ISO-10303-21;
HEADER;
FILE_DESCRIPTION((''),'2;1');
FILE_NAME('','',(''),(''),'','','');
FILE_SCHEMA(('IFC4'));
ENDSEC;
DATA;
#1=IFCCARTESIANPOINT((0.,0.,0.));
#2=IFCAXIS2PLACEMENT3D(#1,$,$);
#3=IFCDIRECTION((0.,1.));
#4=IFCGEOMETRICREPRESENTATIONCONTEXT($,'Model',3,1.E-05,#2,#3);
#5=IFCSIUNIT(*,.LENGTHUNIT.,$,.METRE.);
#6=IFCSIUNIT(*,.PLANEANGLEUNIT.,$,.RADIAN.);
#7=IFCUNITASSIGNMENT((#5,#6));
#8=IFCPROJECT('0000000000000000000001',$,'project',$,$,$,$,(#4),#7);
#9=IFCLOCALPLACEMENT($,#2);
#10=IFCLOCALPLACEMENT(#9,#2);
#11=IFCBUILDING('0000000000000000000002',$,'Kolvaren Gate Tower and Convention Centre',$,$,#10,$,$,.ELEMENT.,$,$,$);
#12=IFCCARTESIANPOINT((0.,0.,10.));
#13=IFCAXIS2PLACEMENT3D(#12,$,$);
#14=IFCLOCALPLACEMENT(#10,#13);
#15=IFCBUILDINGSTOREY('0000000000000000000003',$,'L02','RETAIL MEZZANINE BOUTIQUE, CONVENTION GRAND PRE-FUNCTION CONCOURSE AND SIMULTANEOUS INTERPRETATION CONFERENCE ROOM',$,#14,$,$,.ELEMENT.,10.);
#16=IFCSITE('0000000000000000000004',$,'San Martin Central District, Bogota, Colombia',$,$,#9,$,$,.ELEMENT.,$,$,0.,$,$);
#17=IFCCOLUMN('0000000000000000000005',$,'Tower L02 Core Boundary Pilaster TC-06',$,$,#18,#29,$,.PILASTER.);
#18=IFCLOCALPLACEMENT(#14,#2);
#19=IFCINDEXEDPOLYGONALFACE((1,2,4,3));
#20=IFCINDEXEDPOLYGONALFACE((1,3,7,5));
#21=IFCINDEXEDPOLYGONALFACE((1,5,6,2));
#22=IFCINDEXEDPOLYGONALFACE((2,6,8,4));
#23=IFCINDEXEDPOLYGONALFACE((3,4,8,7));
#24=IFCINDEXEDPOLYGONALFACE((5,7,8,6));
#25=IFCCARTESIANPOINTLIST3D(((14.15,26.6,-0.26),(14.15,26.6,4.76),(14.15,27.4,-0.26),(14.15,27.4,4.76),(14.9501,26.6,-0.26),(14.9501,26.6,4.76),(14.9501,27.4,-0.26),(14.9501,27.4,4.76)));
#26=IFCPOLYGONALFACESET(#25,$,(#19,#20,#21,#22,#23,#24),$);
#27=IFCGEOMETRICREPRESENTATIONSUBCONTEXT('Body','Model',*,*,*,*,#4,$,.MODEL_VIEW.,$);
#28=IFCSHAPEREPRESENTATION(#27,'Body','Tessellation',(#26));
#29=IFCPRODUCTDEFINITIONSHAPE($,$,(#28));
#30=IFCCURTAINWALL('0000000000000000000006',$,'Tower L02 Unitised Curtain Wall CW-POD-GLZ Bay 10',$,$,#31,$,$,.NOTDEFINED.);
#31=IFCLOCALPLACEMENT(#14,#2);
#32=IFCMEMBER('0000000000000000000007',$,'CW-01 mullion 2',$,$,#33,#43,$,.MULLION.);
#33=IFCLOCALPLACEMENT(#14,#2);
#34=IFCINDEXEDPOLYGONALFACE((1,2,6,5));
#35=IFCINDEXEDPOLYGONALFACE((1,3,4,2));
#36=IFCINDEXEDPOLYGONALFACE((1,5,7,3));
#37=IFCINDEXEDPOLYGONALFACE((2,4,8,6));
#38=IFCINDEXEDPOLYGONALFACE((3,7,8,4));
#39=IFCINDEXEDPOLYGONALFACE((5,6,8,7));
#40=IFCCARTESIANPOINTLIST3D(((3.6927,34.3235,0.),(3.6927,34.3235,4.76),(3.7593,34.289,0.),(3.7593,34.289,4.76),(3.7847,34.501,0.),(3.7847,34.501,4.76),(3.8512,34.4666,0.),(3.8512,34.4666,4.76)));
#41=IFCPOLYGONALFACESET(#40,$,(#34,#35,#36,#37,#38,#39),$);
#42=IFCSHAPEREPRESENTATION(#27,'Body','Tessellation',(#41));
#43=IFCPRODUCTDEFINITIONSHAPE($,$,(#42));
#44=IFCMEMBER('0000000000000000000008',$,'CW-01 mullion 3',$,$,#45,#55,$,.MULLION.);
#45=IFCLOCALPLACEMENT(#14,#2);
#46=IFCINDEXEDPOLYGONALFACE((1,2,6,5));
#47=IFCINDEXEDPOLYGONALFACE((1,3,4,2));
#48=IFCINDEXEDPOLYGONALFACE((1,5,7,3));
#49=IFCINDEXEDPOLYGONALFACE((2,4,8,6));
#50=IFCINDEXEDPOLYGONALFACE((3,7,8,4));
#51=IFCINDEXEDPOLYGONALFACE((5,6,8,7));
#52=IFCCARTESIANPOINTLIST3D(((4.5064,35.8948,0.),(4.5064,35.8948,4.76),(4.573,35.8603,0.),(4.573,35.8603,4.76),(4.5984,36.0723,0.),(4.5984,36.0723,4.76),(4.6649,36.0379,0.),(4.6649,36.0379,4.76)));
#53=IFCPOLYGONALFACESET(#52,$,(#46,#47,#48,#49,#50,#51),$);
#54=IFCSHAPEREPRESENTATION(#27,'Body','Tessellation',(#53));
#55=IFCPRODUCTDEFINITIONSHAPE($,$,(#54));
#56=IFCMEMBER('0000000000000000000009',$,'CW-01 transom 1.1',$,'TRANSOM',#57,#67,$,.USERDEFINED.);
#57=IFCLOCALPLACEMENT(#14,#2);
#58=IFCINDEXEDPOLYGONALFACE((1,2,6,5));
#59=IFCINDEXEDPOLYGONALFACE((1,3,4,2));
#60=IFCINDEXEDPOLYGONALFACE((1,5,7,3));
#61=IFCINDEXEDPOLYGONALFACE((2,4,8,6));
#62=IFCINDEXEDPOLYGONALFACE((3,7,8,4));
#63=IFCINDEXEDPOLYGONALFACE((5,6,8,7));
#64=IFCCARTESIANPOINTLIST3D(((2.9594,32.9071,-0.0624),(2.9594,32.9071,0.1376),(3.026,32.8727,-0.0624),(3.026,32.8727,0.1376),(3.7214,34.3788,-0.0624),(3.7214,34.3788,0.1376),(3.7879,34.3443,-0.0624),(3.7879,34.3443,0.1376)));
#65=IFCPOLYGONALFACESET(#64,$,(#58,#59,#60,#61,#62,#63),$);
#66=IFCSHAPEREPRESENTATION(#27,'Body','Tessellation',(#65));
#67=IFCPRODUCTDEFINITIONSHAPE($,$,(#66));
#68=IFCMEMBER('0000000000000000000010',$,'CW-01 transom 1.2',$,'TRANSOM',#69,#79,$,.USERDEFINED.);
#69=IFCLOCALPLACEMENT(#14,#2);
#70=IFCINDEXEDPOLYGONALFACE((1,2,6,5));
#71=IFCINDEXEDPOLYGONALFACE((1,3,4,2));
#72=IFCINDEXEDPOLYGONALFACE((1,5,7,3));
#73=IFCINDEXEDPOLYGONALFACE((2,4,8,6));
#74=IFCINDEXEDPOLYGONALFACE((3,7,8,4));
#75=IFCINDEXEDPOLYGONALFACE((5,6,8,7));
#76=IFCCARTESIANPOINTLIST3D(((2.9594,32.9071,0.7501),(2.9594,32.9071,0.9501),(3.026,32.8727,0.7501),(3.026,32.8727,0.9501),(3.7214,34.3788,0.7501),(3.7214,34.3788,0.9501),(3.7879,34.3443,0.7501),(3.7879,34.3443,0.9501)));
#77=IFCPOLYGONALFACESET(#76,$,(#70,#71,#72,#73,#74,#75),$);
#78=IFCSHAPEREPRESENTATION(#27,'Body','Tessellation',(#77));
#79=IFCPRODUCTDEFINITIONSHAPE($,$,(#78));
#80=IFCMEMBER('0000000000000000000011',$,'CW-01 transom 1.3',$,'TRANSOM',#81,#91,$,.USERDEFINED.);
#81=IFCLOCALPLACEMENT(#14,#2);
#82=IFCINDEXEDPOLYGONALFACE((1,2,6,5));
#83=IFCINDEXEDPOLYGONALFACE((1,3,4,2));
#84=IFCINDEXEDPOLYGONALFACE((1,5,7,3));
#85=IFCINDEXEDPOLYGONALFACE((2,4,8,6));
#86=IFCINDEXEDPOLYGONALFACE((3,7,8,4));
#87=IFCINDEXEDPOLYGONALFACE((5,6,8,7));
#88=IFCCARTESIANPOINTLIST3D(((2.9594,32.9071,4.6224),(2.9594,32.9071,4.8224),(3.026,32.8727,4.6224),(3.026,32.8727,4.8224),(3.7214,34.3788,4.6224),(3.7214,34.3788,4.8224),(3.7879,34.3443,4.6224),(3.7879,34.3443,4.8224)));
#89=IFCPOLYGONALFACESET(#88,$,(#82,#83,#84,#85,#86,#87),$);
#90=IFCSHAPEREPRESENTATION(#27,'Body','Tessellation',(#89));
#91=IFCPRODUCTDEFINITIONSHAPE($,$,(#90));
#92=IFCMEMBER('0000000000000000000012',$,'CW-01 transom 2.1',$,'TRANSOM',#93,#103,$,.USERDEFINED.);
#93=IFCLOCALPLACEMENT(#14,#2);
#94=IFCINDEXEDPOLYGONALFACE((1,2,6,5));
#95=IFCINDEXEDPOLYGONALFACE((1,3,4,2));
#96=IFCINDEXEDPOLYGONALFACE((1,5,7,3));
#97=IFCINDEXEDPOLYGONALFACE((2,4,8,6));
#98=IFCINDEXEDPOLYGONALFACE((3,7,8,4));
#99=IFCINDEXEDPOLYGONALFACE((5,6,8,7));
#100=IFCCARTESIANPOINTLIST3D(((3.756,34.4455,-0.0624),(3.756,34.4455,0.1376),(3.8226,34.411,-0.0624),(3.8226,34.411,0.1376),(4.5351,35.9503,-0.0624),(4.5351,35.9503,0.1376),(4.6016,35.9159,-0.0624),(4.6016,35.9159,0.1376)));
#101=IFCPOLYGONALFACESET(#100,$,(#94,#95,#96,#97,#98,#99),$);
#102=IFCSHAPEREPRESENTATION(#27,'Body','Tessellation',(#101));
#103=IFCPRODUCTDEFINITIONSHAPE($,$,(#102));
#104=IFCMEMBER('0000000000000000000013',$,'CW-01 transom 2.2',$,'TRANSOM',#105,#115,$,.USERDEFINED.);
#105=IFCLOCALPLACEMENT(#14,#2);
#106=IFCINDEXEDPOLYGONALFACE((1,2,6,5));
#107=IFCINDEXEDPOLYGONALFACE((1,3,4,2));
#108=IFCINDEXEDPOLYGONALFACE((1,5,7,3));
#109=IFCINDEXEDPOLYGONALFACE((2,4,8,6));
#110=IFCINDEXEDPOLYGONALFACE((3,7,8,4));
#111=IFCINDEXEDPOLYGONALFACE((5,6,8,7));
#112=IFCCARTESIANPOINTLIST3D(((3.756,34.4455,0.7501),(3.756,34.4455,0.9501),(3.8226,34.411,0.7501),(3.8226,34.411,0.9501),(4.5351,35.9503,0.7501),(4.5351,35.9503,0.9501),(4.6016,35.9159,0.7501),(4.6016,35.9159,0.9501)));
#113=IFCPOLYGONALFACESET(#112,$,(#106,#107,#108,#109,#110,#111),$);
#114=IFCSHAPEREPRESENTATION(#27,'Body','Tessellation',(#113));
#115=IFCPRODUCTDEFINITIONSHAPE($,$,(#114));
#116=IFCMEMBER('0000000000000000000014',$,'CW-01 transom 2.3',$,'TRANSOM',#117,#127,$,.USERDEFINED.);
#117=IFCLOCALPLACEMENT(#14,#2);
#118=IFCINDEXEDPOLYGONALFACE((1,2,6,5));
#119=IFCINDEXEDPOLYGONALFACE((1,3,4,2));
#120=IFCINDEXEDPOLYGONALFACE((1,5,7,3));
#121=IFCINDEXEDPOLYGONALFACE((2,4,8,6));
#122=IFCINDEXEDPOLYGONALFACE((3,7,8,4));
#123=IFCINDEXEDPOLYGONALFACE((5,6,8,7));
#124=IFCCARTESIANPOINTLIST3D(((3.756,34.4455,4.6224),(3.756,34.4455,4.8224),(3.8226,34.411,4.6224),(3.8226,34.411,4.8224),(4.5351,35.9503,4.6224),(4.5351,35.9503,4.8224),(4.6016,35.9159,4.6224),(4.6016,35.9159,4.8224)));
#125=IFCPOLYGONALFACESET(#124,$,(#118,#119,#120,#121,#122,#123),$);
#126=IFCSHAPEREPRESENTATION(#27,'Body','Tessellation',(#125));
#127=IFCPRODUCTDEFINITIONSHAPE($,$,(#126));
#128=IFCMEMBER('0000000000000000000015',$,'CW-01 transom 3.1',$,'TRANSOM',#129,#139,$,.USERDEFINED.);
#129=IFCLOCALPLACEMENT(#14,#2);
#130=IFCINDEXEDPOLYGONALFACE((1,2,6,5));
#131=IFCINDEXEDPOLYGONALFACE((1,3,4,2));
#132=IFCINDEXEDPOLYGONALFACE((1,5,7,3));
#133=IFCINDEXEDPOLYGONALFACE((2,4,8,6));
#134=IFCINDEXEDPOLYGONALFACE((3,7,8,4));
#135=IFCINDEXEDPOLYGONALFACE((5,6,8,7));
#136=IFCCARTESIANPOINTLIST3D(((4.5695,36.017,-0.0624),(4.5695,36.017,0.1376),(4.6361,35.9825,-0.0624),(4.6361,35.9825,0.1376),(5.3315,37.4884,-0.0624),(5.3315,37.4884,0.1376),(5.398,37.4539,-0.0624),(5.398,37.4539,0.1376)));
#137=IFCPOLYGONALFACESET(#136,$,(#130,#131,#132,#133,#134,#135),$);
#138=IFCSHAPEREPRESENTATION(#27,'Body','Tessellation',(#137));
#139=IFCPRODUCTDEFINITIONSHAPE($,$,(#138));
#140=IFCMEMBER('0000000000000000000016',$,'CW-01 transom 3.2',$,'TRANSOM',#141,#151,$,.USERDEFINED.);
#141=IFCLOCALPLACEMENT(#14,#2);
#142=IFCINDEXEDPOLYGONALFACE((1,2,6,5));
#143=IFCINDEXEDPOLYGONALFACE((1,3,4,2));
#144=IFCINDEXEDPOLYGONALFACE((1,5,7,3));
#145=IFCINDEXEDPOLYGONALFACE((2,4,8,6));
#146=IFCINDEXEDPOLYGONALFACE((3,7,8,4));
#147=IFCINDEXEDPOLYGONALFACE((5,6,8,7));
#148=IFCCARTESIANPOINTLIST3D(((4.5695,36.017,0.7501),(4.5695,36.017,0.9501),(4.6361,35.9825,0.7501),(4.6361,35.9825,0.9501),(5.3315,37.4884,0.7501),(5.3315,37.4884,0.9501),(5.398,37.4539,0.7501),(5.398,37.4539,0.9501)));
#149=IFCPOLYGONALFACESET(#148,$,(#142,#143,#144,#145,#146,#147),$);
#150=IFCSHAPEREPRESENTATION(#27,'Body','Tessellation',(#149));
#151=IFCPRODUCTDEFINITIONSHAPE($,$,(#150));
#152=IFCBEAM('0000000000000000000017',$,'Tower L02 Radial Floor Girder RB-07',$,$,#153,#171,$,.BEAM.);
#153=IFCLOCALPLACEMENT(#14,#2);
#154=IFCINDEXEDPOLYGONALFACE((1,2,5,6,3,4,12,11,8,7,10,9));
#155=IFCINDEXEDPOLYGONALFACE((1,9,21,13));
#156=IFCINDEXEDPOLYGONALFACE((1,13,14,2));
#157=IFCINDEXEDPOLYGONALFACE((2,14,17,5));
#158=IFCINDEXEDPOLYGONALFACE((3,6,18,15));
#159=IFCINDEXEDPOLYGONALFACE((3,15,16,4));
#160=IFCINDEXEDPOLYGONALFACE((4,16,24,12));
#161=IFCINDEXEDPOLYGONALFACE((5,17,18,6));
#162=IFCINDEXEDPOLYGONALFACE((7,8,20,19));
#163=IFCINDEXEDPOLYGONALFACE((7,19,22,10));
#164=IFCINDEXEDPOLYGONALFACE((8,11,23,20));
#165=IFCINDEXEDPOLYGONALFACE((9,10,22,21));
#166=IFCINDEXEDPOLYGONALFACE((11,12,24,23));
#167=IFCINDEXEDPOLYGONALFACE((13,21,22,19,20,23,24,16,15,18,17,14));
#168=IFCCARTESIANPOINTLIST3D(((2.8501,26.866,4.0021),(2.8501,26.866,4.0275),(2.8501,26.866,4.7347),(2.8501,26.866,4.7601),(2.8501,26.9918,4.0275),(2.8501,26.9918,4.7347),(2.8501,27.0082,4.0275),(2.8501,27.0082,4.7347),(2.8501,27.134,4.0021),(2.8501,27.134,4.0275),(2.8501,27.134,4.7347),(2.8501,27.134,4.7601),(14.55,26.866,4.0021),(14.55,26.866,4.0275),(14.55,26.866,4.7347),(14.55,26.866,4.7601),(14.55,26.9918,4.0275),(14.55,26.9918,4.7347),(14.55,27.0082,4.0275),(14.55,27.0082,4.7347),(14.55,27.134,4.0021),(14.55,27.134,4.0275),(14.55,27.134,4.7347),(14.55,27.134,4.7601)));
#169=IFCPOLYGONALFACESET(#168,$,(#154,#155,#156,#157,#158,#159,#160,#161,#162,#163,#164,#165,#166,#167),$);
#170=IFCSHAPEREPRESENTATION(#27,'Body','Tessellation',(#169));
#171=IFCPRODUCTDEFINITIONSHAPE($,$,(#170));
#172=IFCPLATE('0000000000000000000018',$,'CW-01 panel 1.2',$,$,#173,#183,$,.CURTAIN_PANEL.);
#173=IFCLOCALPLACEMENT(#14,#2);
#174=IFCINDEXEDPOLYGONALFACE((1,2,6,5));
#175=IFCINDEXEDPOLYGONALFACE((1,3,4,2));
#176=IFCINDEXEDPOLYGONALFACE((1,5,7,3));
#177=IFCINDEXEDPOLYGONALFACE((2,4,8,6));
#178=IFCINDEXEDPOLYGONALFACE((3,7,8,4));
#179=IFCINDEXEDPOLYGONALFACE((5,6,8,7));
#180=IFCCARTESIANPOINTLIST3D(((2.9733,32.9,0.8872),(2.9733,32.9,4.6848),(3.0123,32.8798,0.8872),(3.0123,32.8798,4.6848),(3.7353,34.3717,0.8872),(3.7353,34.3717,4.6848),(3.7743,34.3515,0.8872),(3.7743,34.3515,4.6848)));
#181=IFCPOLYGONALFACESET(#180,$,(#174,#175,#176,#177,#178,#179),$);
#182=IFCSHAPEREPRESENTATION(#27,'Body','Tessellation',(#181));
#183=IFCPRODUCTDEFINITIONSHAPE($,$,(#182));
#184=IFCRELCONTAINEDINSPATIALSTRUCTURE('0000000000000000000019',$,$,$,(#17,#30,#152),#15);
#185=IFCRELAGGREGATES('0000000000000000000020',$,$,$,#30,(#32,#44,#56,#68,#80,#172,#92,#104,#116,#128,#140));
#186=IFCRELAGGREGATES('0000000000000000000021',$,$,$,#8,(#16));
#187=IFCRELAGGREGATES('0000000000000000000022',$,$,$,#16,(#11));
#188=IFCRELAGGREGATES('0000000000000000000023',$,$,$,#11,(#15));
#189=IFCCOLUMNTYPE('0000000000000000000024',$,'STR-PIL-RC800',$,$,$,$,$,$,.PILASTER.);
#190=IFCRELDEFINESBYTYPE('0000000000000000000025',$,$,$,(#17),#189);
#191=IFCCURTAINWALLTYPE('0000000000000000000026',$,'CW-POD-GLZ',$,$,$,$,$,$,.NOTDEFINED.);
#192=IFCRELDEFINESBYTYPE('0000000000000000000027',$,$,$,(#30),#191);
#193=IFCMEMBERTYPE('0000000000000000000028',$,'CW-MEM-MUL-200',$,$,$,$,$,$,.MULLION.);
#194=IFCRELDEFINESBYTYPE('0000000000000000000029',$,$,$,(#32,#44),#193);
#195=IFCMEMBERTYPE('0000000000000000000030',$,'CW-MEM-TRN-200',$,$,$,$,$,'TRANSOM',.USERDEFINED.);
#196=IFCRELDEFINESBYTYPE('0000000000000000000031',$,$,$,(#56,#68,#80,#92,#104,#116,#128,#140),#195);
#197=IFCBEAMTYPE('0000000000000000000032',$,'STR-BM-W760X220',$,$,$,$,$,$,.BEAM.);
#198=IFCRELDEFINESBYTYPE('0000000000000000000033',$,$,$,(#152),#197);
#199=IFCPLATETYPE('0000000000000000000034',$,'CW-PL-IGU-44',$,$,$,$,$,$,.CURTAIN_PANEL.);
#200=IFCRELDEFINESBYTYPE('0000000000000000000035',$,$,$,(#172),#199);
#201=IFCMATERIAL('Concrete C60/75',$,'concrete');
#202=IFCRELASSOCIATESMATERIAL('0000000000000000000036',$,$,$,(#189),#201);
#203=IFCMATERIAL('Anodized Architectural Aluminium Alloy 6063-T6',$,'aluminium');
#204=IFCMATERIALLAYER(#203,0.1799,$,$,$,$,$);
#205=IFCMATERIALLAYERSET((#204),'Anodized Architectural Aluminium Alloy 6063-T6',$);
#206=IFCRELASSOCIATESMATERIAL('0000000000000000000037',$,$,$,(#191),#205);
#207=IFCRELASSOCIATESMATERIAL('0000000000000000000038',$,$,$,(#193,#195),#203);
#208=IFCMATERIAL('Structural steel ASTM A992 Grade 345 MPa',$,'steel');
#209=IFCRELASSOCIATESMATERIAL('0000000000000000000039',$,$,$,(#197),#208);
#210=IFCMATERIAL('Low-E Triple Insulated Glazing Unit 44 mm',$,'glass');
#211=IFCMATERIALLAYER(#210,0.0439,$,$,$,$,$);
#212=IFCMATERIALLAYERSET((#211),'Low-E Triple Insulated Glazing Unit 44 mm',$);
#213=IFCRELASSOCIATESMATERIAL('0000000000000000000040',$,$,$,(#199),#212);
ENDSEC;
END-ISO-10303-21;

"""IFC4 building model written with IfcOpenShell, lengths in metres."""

from ifc_helpers import new_model, si_unit, direction, frame, origin, origin_2d, place, context, subcontext, project, spatial, rectangle, i_section, extrude, material, layer, layer_set, material_profile, profile_set, type_object, element, aggregate, save


model = new_model("IFC4")

# Units and contexts
model_context = context("Model", 3, precision=1e-05, world=origin(), true_north=direction((0.0, 1.0)))
body_context = subcontext(model_context, "Body", "Model", "MODEL_VIEW")
ifc_project = project(units=[si_unit("LENGTHUNIT", "METRE"), si_unit("PLANEANGLEUNIT", "RADIAN")], contexts=[model_context])

# Site, building, storey
site_placement = place(None, origin())
site = spatial("IfcSite", under=ifc_project, at=site_placement, Name="San Martin Central District, Bogota, Colombia", CompositionType="ELEMENT", RefElevation=0.0)
building_placement = place(site_placement, origin())
building = spatial("IfcBuilding", under=site, at=building_placement, Name="Kolvaren Gate Tower and Convention Centre", CompositionType="ELEMENT")
storey_placement = place(building_placement, frame((0.0, 0.0, 10.0)))
storey = spatial("IfcBuildingStorey", under=building, at=storey_placement, Name="L02", Description="RETAIL MEZZANINE BOUTIQUE, CONVENTION GRAND PRE-FUNCTION CONCOURSE AND SIMULTANEOUS INTERPRETATION CONFERENCE ROOM", CompositionType="ELEMENT", Elevation=10.0)

# Column
ifc_material_1 = material(Name="Concrete C60/75", Category="concrete")
ifc_material_profile_1 = material_profile(ifc_material_1, rectangle(XDim=0.8, YDim=0.8, at=origin_2d()), Name="RC-COL-800X800")
ifc_profile_set_1 = profile_set([ifc_material_profile_1], Name="Concrete C60/75")
column_type = type_object("IfcColumnType", Name="STR-PIL-RC800", PredefinedType="PILASTER", material=ifc_profile_set_1)
column_placement = place(storey_placement, frame((14.55, 27.0, -0.26), z_axis=(0.0, 0.0, 1.0), x_axis=(1.0, 0.0, 0.0)))
element("IfcColumn", 1, at=column_placement, inside=storey, type_object=column_type, Name="Tower L02 Core Boundary Pilaster TC-06", PredefinedType="PILASTER", context=body_context, shape_type="SweptSolid", body=[
    extrude(rectangle(XDim=0.8, YDim=0.8, at=origin_2d()), origin(), (0.0, 0.0, 1.0), 5.02),
])

# Curtain wall, members
ifc_material_2 = material(Name="Anodized Architectural Aluminium Alloy 6063-T6", Category="aluminium")
ifc_layer_1 = layer(ifc_material_2, 0.1799)
ifc_layer_set_1 = layer_set([ifc_layer_1], Name="Anodized Architectural Aluminium Alloy 6063-T6")
curtain_wall_type = type_object("IfcCurtainWallType", Name="CW-POD-GLZ", PredefinedType="NOTDEFINED", material=ifc_layer_set_1)
curtain_wall_placement = place(storey_placement, origin())
curtain_wall = element("IfcCurtainWall", 2, at=curtain_wall_placement, inside=storey, type_object=curtain_wall_type, Name="Tower L02 Unitised Curtain Wall CW-POD-GLZ Bay 10", PredefinedType="NOTDEFINED")
ifc_material_profile_2 = material_profile(ifc_material_2, rectangle(XDim=0.075, YDim=0.2, at=origin_2d()), Name="CW-MEM-MUL-200")
ifc_profile_set_2 = profile_set([ifc_material_profile_2], Name="Anodized Architectural Aluminium Alloy 6063-T6")
member_type_1 = type_object("IfcMemberType", Name="CW-MEM-MUL-200", PredefinedType="MULLION", material=ifc_profile_set_2)
member_1_placement = place(storey_placement, frame((3.772, 34.395, 0.0), z_axis=(0.0, 0.0, 1.0), x_axis=(-0.888028, 0.459789, 0.0)))
member_1 = element("IfcMember", 3, at=member_1_placement, type_object=member_type_1, Name="CW-01 mullion 2", PredefinedType="MULLION", context=body_context, shape_type="SweptSolid", body=[
    extrude(rectangle(XDim=0.075, YDim=0.2, at=origin_2d()), origin(), (0.0, 0.0, 1.0), 4.76),
])
member_2_placement = place(storey_placement, frame((4.5857, 35.9663, 0.0), z_axis=(0.0, 0.0, 1.0), x_axis=(-0.888028, 0.459789, 0.0)))
member_2 = element("IfcMember", 4, at=member_2_placement, type_object=member_type_1, Name="CW-01 mullion 3", PredefinedType="MULLION", context=body_context, shape_type="SweptSolid", body=[
    extrude(rectangle(XDim=0.075, YDim=0.2, at=origin_2d()), origin(), (0.0, 0.0, 1.0), 4.76),
])
ifc_material_profile_3 = material_profile(ifc_material_2, rectangle(XDim=0.075, YDim=0.2, at=origin_2d()), Name="CW-MEM-TRN-200")
ifc_profile_set_3 = profile_set([ifc_material_profile_3], Name="Anodized Architectural Aluminium Alloy 6063-T6")
member_type_2 = type_object("IfcMemberType", Name="CW-MEM-TRN-200", ElementType="TRANSOM", PredefinedType="USERDEFINED", material=ifc_profile_set_3)
member_3_placement = place(storey_placement, frame((2.9927, 32.8899, 0.0376), z_axis=(0.45978, 0.888033, 0.0), x_axis=(-0.888033, 0.45978, 0.0)))
member_3 = element("IfcMember", 5, at=member_3_placement, type_object=member_type_2, Name="CW-01 transom 1.1", ObjectType="TRANSOM", PredefinedType="USERDEFINED", context=body_context, shape_type="SweptSolid", body=[
    extrude(rectangle(XDim=0.075, YDim=0.2, at=origin_2d()), origin(), (0.0, 0.0, 1.0), 1.6572),
])
member_4_placement = place(storey_placement, frame((2.9927, 32.8899, 0.8501), z_axis=(0.45978, 0.888033, 0.0), x_axis=(-0.888033, 0.45978, 0.0)))
member_4 = element("IfcMember", 6, at=member_4_placement, type_object=member_type_2, Name="CW-01 transom 1.2", ObjectType="TRANSOM", PredefinedType="USERDEFINED", context=body_context, shape_type="SweptSolid", body=[
    extrude(rectangle(XDim=0.075, YDim=0.2, at=origin_2d()), origin(), (0.0, 0.0, 1.0), 1.6572),
])
member_5_placement = place(storey_placement, frame((2.9927, 32.8899, 4.7224), z_axis=(0.45978, 0.888033, 0.0), x_axis=(-0.888033, 0.45978, 0.0)))
member_5 = element("IfcMember", 7, at=member_5_placement, type_object=member_type_2, Name="CW-01 transom 1.3", ObjectType="TRANSOM", PredefinedType="USERDEFINED", context=body_context, shape_type="SweptSolid", body=[
    extrude(rectangle(XDim=0.075, YDim=0.2, at=origin_2d()), origin(), (0.0, 0.0, 1.0), 1.6572),
])
member_6_placement = place(storey_placement, frame((3.7893, 34.4282, 0.0376), z_axis=(0.459733, 0.888057, 0.0), x_axis=(-0.888057, 0.459733, 0.0)))
member_6 = element("IfcMember", 8, at=member_6_placement, type_object=member_type_2, Name="CW-01 transom 2.1", ObjectType="TRANSOM", PredefinedType="USERDEFINED", context=body_context, shape_type="SweptSolid", body=[
    extrude(rectangle(XDim=0.075, YDim=0.2, at=origin_2d()), origin(), (0.0, 0.0, 1.0), 1.6946),
])
member_7_placement = place(storey_placement, frame((3.7893, 34.4282, 0.8501), z_axis=(0.459733, 0.888057, 0.0), x_axis=(-0.888057, 0.459733, 0.0)))
member_7 = element("IfcMember", 9, at=member_7_placement, type_object=member_type_2, Name="CW-01 transom 2.2", ObjectType="TRANSOM", PredefinedType="USERDEFINED", context=body_context, shape_type="SweptSolid", body=[
    extrude(rectangle(XDim=0.075, YDim=0.2, at=origin_2d()), origin(), (0.0, 0.0, 1.0), 1.6946),
])
member_8_placement = place(storey_placement, frame((3.7893, 34.4282, 4.7224), z_axis=(0.459733, 0.888057, 0.0), x_axis=(-0.888057, 0.459733, 0.0)))
member_8 = element("IfcMember", 10, at=member_8_placement, type_object=member_type_2, Name="CW-01 transom 2.3", ObjectType="TRANSOM", PredefinedType="USERDEFINED", context=body_context, shape_type="SweptSolid", body=[
    extrude(rectangle(XDim=0.075, YDim=0.2, at=origin_2d()), origin(), (0.0, 0.0, 1.0), 1.6946),
])
member_9_placement = place(storey_placement, frame((4.6028, 35.9998, 0.0376), z_axis=(0.45984, 0.888002, 0.0), x_axis=(-0.888002, 0.45984, 0.0)))
member_9 = element("IfcMember", 11, at=member_9_placement, type_object=member_type_2, Name="CW-01 transom 3.1", ObjectType="TRANSOM", PredefinedType="USERDEFINED", context=body_context, shape_type="SweptSolid", body=[
    extrude(rectangle(XDim=0.075, YDim=0.2, at=origin_2d()), origin(), (0.0, 0.0, 1.0), 1.657),
])
member_10_placement = place(storey_placement, frame((4.6028, 35.9998, 0.8501), z_axis=(0.45984, 0.888002, 0.0), x_axis=(-0.888002, 0.45984, 0.0)))
member_10 = element("IfcMember", 12, at=member_10_placement, type_object=member_type_2, Name="CW-01 transom 3.2", ObjectType="TRANSOM", PredefinedType="USERDEFINED", context=body_context, shape_type="SweptSolid", body=[
    extrude(rectangle(XDim=0.075, YDim=0.2, at=origin_2d()), origin(), (0.0, 0.0, 1.0), 1.657),
])

# Beam
ifc_material_3 = material(Name="Structural steel ASTM A992 Grade 345 MPa", Category="steel")
ifc_material_profile_4 = material_profile(ifc_material_3, i_section(OverallWidth=0.2681, OverallDepth=0.7581, WebThickness=0.0164, FlangeThickness=0.0254, at=origin_2d()), Name="W760X220")
ifc_profile_set_4 = profile_set([ifc_material_profile_4], Name="Structural steel ASTM A992 Grade 345 MPa")
beam_type = type_object("IfcBeamType", Name="STR-BM-W760X220", PredefinedType="BEAM", material=ifc_profile_set_4)
beam_placement = place(storey_placement, frame((14.55, 27.0, 4.3811), z_axis=(-1.0, 0.0, 0.0), x_axis=(0.0, -1.0, 0.0)))
element("IfcBeam", 13, at=beam_placement, inside=storey, type_object=beam_type, Name="Tower L02 Radial Floor Girder RB-07", PredefinedType="BEAM", context=body_context, shape_type="SweptSolid", body=[
    extrude(i_section(OverallWidth=0.2681, OverallDepth=0.7581, WebThickness=0.0164, FlangeThickness=0.0254, at=origin_2d()), origin(), (0.0, 0.0, 1.0), 11.7),
])

# Plate
ifc_material_4 = material(Name="Low-E Triple Insulated Glazing Unit 44 mm", Category="glass")
ifc_layer_2 = layer(ifc_material_4, 0.0439)
ifc_layer_set_2 = layer_set([ifc_layer_2], Name="Low-E Triple Insulated Glazing Unit 44 mm")
plate_type_1 = type_object("IfcPlateType", Name="CW-PL-IGU-44", PredefinedType="CURTAIN_PANEL", material=ifc_layer_set_2)
plate_1_placement = place(storey_placement, frame((3.3738, 33.6257, 0.8872), z_axis=(0.0, 0.0, 1.0), x_axis=(0.459789, 0.888028, 0.0)))
plate_1 = element("IfcPlate", 14, at=plate_1_placement, type_object=plate_type_1, Name="CW-01 panel 1.2", PredefinedType="CURTAIN_PANEL", context=body_context, shape_type="SweptSolid", body=[
    extrude(rectangle(XDim=1.6572, YDim=0.0439, at=origin_2d()), origin(), (0.0, 0.0, 1.0), 3.7976),
])
aggregate(curtain_wall, [member_1, member_2, member_3, member_4, member_5, plate_1, member_6, member_7, member_8, member_9, member_10])

save(model, "model.ifc")
